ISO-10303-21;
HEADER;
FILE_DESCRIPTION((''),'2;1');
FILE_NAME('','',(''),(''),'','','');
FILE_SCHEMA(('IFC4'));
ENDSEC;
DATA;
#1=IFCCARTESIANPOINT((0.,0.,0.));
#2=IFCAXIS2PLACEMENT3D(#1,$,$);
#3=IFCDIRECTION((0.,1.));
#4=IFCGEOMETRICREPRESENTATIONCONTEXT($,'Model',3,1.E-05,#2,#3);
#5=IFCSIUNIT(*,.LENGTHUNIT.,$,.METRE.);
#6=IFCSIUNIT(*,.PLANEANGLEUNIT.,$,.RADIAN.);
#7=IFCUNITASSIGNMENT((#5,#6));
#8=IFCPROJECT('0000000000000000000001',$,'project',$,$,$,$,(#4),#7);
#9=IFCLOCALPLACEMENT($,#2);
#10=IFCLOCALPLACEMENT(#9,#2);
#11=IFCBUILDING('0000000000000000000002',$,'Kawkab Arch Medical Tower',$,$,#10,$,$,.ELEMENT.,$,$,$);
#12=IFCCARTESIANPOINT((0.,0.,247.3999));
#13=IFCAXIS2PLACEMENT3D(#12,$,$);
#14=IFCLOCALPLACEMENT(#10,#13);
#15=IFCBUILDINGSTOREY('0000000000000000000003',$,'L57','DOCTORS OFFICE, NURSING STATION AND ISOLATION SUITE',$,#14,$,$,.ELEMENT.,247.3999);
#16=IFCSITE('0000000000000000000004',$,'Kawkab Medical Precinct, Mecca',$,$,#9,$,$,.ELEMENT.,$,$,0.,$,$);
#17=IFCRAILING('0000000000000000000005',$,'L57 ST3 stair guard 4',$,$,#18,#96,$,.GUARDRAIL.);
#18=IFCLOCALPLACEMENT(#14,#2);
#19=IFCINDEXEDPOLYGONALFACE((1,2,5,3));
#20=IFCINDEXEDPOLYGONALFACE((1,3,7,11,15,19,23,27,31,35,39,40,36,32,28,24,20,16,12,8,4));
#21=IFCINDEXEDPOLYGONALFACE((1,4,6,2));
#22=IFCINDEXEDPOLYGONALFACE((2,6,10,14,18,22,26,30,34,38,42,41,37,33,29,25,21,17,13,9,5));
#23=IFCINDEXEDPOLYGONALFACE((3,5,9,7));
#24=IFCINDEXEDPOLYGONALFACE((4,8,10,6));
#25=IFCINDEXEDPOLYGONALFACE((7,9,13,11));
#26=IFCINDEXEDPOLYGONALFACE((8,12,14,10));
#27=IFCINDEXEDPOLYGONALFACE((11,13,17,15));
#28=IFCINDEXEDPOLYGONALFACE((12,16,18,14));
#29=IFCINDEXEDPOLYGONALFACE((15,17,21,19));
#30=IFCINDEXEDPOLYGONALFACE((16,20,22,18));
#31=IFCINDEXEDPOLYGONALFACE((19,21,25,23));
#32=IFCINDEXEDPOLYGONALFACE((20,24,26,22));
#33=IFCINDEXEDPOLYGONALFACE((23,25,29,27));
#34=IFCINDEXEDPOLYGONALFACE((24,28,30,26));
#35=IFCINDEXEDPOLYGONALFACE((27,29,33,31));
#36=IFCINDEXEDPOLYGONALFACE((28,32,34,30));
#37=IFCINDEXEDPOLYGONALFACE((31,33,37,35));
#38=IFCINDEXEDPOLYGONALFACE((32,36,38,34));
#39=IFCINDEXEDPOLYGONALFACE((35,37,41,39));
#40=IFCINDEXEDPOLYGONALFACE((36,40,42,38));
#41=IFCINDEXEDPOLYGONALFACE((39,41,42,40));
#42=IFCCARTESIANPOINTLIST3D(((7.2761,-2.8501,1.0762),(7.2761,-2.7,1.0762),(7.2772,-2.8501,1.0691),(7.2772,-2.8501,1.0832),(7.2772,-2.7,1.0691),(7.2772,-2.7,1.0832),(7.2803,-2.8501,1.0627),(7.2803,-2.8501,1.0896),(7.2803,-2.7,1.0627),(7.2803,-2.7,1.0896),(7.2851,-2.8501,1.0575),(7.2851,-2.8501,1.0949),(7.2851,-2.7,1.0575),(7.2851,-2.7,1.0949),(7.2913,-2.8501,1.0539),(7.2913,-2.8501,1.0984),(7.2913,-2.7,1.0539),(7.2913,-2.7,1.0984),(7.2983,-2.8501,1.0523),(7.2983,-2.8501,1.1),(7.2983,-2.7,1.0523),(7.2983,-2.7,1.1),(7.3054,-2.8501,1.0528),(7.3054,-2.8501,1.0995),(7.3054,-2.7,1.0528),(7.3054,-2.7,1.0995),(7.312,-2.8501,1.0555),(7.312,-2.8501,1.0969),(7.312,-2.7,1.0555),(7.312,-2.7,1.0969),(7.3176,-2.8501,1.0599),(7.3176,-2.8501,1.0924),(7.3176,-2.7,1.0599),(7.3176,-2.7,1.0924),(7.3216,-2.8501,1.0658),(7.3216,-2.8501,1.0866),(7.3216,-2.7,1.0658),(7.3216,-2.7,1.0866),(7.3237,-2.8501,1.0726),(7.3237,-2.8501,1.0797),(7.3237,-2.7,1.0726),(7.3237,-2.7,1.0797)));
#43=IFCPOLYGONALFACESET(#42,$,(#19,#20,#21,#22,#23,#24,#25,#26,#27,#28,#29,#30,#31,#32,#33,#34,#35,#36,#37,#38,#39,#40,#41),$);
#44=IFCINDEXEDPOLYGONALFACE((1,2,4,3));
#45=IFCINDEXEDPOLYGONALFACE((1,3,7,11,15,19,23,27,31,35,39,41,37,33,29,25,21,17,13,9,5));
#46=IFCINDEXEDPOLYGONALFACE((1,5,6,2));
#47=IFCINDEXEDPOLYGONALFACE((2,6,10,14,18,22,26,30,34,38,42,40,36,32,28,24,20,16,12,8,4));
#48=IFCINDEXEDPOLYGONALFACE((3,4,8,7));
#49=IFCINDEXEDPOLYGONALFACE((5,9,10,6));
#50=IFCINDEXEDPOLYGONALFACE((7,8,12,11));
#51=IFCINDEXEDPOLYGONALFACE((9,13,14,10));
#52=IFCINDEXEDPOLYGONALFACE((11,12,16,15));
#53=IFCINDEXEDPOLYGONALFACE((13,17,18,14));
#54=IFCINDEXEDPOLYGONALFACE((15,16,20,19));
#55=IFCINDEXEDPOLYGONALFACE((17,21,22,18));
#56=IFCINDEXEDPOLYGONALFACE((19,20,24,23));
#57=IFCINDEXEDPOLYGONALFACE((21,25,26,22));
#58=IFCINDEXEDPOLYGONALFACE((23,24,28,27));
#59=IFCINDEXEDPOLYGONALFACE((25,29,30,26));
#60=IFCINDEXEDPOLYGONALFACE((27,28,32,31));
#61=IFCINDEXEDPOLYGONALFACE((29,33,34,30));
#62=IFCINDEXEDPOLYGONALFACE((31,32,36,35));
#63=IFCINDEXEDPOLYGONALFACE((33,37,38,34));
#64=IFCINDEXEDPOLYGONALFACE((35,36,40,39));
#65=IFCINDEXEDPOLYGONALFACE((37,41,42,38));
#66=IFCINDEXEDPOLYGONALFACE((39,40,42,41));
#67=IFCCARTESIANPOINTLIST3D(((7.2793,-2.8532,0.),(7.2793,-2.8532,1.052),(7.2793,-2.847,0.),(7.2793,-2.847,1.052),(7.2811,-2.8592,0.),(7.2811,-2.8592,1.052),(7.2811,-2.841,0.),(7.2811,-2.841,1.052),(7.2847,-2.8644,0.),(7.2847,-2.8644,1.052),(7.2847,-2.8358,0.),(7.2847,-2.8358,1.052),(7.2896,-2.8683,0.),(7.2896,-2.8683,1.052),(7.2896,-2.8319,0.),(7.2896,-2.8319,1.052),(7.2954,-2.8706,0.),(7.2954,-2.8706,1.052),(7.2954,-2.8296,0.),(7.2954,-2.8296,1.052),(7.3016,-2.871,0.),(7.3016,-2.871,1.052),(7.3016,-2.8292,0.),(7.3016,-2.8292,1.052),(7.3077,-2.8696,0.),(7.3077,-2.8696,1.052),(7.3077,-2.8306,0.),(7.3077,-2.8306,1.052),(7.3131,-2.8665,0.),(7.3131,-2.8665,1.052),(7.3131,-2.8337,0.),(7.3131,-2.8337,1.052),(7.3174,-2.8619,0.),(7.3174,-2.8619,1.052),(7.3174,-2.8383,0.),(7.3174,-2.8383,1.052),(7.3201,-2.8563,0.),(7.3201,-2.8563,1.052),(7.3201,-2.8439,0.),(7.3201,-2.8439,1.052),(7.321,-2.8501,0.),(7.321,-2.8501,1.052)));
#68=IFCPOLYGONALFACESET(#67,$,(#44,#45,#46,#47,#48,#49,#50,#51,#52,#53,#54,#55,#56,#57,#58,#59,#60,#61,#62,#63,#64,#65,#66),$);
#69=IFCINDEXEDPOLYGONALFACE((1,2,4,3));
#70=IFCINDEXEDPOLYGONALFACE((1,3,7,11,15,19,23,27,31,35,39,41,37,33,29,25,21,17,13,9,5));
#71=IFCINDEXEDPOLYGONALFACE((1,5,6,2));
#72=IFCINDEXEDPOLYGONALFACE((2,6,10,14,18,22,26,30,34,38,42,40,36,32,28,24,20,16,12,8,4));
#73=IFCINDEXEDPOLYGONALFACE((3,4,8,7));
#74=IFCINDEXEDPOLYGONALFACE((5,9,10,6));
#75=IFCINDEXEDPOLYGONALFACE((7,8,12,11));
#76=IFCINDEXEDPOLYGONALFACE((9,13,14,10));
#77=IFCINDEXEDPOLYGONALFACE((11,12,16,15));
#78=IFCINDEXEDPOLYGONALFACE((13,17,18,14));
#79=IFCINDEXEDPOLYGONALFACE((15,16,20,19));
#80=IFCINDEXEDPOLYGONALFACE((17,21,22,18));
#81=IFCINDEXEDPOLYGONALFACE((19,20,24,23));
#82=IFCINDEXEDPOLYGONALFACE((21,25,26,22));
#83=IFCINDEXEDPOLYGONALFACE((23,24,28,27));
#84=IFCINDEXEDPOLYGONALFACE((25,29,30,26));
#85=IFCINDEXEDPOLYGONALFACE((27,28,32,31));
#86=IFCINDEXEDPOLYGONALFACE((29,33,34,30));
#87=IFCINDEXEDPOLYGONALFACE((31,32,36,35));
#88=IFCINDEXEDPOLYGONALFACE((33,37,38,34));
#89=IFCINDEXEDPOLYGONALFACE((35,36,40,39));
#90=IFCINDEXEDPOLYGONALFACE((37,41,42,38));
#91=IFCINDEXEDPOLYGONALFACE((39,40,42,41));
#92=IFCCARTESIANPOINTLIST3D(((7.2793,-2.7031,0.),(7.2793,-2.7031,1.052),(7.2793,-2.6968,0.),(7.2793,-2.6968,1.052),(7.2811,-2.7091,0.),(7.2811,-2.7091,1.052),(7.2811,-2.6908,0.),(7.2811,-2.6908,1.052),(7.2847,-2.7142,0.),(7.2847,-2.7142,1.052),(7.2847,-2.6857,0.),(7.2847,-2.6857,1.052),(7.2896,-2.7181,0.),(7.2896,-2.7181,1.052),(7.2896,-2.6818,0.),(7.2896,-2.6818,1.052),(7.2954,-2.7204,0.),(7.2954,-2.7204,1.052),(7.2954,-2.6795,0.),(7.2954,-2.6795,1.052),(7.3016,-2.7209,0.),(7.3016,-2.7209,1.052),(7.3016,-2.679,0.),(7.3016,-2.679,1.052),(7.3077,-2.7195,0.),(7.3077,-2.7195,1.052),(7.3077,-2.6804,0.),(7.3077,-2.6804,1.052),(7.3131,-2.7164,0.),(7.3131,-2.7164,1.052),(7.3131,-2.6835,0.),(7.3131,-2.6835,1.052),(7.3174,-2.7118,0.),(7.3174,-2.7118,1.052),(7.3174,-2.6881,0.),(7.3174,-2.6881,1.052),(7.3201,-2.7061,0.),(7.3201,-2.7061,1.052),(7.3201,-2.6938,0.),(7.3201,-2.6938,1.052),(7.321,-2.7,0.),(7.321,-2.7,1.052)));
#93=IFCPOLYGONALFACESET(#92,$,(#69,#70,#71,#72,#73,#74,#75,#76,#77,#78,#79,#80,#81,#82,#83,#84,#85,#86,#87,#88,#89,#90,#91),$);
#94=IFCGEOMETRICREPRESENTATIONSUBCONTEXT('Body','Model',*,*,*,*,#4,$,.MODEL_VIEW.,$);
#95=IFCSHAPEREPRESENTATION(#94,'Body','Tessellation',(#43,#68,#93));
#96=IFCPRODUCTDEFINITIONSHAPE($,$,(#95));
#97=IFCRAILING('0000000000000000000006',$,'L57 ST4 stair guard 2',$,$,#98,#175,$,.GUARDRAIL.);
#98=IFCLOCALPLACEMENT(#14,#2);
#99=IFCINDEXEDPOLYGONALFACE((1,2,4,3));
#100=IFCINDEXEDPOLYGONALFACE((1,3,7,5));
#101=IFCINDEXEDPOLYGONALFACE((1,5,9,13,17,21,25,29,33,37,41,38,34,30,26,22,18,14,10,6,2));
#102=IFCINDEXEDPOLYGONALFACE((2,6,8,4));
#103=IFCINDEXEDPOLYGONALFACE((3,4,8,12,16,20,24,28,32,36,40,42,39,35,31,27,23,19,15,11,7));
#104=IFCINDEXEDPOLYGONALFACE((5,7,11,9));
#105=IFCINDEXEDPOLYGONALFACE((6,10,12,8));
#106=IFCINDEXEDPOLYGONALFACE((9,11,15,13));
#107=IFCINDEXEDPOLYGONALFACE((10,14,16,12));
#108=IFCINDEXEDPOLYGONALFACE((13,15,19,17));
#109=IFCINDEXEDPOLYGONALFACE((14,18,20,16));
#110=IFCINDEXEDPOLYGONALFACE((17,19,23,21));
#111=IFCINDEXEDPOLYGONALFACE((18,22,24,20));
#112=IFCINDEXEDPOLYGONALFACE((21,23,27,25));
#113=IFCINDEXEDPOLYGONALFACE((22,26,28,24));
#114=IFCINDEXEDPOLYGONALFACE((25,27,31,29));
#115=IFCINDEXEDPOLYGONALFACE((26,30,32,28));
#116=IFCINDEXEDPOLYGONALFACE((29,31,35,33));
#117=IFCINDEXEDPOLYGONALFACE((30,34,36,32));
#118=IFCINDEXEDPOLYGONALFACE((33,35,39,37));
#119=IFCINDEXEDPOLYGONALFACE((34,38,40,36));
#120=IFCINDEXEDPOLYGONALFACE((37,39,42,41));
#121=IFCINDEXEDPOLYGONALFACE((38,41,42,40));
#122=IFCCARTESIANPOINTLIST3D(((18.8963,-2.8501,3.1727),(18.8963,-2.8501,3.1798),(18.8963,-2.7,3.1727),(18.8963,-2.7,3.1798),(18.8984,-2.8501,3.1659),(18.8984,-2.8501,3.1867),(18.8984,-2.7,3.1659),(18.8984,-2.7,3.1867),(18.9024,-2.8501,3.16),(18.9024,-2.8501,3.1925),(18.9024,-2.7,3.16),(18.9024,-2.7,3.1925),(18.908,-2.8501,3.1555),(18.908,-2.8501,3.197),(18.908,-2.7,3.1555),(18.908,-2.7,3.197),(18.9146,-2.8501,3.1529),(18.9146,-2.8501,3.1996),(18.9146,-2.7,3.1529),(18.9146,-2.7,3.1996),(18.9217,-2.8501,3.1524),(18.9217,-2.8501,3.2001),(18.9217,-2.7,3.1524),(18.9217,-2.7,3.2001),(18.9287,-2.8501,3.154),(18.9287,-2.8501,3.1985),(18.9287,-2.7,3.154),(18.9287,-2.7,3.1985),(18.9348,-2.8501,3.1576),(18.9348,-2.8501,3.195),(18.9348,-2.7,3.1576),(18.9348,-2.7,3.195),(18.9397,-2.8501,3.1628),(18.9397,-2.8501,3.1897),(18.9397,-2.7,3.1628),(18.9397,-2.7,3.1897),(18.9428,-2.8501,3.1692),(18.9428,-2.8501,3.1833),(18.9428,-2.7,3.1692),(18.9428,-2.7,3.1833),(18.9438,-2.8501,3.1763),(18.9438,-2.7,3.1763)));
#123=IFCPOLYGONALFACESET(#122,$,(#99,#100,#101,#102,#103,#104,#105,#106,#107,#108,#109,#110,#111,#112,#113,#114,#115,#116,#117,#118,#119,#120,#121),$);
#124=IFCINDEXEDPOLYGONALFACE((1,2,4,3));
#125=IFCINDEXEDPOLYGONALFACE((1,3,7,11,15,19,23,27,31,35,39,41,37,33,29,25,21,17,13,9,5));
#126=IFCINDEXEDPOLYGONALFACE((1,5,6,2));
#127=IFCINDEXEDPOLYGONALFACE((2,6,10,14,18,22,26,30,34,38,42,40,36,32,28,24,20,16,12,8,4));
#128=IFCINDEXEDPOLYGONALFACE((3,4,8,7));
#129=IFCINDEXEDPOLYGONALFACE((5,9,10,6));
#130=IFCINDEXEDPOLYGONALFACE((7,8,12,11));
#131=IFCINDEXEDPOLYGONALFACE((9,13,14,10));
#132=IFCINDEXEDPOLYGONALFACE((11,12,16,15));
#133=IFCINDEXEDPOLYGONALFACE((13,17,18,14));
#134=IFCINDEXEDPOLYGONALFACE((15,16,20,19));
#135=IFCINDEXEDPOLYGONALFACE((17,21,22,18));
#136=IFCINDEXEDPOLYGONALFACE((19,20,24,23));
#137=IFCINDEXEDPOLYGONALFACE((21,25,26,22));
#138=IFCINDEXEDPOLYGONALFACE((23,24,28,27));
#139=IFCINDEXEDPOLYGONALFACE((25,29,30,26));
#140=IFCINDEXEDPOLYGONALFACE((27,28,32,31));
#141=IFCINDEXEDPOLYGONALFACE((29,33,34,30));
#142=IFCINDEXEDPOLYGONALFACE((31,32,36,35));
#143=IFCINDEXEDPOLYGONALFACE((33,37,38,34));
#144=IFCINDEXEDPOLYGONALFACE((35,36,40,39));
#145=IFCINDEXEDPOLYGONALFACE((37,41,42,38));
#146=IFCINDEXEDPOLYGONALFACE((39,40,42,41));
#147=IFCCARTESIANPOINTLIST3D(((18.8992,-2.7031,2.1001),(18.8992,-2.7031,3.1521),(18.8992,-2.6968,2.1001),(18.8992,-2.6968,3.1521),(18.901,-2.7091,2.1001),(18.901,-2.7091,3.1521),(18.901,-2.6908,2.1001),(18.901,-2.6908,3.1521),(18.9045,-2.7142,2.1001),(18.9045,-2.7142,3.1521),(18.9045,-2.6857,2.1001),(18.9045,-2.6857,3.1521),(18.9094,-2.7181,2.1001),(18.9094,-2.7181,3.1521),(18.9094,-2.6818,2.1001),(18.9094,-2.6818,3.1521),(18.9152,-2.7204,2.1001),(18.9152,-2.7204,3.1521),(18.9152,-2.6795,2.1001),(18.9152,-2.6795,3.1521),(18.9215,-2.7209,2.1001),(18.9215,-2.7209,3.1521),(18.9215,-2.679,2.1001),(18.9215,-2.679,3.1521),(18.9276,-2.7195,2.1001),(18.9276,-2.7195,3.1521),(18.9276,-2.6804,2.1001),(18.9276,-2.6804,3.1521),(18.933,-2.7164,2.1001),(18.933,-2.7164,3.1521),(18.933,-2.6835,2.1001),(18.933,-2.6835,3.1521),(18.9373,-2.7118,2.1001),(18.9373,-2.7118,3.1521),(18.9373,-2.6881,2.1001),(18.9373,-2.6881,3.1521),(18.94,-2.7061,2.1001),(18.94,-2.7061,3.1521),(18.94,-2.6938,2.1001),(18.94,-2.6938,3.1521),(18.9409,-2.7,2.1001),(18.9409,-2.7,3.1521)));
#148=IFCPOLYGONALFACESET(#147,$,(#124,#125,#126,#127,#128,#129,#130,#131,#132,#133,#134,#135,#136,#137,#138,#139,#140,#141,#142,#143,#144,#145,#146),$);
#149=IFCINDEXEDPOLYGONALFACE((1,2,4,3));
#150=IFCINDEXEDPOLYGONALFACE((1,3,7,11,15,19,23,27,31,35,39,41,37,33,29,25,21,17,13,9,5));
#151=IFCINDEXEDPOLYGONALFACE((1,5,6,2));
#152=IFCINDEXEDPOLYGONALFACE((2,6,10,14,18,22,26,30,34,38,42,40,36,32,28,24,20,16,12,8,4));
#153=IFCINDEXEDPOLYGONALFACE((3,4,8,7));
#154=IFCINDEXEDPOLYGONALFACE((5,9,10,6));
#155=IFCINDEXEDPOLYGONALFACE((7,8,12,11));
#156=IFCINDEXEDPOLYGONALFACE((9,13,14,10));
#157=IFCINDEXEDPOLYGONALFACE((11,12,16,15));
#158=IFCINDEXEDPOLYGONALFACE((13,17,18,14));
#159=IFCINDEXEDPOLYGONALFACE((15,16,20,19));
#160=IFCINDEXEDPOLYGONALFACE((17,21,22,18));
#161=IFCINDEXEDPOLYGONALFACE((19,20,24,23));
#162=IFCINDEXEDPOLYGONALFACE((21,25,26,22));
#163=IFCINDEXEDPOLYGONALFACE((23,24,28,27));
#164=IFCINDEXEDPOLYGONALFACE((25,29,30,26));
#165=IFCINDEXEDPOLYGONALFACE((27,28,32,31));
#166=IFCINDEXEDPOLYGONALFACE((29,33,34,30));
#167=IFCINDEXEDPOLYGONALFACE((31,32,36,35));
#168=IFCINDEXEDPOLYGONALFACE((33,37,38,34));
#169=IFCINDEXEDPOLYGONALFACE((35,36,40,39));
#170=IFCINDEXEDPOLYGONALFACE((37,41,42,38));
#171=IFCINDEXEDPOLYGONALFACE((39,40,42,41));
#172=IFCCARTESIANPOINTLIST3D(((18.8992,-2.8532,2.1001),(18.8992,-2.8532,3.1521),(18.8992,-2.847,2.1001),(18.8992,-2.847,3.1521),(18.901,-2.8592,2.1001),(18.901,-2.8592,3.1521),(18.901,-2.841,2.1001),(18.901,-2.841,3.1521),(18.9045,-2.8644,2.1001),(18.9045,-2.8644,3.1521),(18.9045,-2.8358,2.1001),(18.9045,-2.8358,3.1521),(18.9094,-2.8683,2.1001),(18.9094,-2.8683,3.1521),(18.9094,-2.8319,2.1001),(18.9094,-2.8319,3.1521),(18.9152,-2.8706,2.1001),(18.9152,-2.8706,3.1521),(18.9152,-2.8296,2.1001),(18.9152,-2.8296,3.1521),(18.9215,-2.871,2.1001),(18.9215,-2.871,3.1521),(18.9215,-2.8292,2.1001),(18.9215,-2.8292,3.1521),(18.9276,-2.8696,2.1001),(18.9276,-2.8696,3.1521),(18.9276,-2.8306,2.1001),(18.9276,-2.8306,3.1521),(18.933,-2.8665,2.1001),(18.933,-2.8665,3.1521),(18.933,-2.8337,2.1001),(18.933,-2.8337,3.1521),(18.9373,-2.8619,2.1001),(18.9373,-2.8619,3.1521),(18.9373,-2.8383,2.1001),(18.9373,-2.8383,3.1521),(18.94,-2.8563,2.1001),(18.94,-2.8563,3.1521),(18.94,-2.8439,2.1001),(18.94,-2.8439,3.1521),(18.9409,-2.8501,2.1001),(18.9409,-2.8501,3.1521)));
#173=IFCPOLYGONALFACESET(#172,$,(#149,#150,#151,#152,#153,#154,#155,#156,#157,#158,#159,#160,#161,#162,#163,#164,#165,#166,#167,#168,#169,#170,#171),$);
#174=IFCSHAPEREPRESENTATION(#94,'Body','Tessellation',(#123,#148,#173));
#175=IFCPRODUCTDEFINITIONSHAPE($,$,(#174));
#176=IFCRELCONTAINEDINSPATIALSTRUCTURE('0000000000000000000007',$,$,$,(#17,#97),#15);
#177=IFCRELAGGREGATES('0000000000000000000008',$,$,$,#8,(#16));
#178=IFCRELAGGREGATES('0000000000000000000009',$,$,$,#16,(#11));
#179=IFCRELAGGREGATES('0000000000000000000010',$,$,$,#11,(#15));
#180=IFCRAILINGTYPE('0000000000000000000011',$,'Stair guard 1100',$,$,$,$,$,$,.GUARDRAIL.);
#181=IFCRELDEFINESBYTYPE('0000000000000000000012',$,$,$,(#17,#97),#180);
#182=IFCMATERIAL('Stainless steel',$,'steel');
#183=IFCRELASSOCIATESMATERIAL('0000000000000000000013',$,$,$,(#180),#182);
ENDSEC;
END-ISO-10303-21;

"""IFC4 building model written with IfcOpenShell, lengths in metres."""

from ifc_helpers import new_model, si_unit, direction, frame, origin, origin_2d, place, context, subcontext, project, spatial, circle, extrude, material, type_object, element, save


model = new_model("IFC4")

# Units and contexts
model_context = context("Model", 3, precision=1e-05, world=origin(), true_north=direction((0.0, 1.0)))
body_context = subcontext(model_context, "Body", "Model", "MODEL_VIEW")
ifc_project = project(units=[si_unit("LENGTHUNIT", "METRE"), si_unit("PLANEANGLEUNIT", "RADIAN")], contexts=[model_context])

# Site, building, storey
site_placement = place(None, origin())
site = spatial("IfcSite", under=ifc_project, at=site_placement, Name="Kawkab Medical Precinct, Mecca", CompositionType="ELEMENT", RefElevation=0.0)
building_placement = place(site_placement, origin())
building = spatial("IfcBuilding", under=site, at=building_placement, Name="Kawkab Arch Medical Tower", CompositionType="ELEMENT")
storey_placement = place(building_placement, frame((0.0, 0.0, 247.3999)))
storey = spatial("IfcBuildingStorey", under=building, at=storey_placement, Name="L57", Description="DOCTORS OFFICE, NURSING STATION AND ISOLATION SUITE", CompositionType="ELEMENT", Elevation=247.3999)

# Railings
ifc_material_1 = material(Name="Stainless steel", Category="steel")
railing_type_1 = type_object("IfcRailingType", Name="Stair guard 1100", PredefinedType="GUARDRAIL", material=ifc_material_1)
railing_1_placement = place(storey_placement, frame((7.3, -2.8501, 0.0)))
element("IfcRailing", 1, at=railing_1_placement, inside=storey, type_object=railing_type_1, Name="L57 ST3 stair guard 4", PredefinedType="GUARDRAIL", context=body_context, shape_type="SweptSolid", body=[
    extrude(circle(Radius=0.0239, at=origin_2d()), frame((0.0, 0.0, 1.0762), z_axis=(0.0, 1.0, 0.0), x_axis=(-1.0, 0.0, 0.0)), (0.0, 0.0, 1.0), 0.1501),
    extrude(circle(Radius=0.021, at=origin_2d()), origin(), (0.0, 0.0, 1.0), 1.052),
    extrude(circle(Radius=0.021, at=origin_2d()), frame((0.0, 0.1501, 0.0)), (0.0, 0.0, 1.0), 1.052),
])
railing_2_placement = place(storey_placement, frame((18.9199, -2.7, 2.1001)))
element("IfcRailing", 2, at=railing_2_placement, inside=storey, type_object=railing_type_1, Name="L57 ST4 stair guard 2", PredefinedType="GUARDRAIL", context=body_context, shape_type="SweptSolid", body=[
    extrude(circle(Radius=0.0239, at=origin_2d()), frame((0.0, 0.0, 1.0762), z_axis=(0.0, -1.0, 0.0), x_axis=(1.0, 0.0, 0.0)), (0.0, 0.0, 1.0), 0.1501),
    extrude(circle(Radius=0.021, at=origin_2d()), origin(), (0.0, 0.0, 1.0), 1.052),
    extrude(circle(Radius=0.021, at=origin_2d()), frame((0.0, -0.1501, 0.0)), (0.0, 0.0, 1.0), 1.052),
])

save(model, "model.ifc")
